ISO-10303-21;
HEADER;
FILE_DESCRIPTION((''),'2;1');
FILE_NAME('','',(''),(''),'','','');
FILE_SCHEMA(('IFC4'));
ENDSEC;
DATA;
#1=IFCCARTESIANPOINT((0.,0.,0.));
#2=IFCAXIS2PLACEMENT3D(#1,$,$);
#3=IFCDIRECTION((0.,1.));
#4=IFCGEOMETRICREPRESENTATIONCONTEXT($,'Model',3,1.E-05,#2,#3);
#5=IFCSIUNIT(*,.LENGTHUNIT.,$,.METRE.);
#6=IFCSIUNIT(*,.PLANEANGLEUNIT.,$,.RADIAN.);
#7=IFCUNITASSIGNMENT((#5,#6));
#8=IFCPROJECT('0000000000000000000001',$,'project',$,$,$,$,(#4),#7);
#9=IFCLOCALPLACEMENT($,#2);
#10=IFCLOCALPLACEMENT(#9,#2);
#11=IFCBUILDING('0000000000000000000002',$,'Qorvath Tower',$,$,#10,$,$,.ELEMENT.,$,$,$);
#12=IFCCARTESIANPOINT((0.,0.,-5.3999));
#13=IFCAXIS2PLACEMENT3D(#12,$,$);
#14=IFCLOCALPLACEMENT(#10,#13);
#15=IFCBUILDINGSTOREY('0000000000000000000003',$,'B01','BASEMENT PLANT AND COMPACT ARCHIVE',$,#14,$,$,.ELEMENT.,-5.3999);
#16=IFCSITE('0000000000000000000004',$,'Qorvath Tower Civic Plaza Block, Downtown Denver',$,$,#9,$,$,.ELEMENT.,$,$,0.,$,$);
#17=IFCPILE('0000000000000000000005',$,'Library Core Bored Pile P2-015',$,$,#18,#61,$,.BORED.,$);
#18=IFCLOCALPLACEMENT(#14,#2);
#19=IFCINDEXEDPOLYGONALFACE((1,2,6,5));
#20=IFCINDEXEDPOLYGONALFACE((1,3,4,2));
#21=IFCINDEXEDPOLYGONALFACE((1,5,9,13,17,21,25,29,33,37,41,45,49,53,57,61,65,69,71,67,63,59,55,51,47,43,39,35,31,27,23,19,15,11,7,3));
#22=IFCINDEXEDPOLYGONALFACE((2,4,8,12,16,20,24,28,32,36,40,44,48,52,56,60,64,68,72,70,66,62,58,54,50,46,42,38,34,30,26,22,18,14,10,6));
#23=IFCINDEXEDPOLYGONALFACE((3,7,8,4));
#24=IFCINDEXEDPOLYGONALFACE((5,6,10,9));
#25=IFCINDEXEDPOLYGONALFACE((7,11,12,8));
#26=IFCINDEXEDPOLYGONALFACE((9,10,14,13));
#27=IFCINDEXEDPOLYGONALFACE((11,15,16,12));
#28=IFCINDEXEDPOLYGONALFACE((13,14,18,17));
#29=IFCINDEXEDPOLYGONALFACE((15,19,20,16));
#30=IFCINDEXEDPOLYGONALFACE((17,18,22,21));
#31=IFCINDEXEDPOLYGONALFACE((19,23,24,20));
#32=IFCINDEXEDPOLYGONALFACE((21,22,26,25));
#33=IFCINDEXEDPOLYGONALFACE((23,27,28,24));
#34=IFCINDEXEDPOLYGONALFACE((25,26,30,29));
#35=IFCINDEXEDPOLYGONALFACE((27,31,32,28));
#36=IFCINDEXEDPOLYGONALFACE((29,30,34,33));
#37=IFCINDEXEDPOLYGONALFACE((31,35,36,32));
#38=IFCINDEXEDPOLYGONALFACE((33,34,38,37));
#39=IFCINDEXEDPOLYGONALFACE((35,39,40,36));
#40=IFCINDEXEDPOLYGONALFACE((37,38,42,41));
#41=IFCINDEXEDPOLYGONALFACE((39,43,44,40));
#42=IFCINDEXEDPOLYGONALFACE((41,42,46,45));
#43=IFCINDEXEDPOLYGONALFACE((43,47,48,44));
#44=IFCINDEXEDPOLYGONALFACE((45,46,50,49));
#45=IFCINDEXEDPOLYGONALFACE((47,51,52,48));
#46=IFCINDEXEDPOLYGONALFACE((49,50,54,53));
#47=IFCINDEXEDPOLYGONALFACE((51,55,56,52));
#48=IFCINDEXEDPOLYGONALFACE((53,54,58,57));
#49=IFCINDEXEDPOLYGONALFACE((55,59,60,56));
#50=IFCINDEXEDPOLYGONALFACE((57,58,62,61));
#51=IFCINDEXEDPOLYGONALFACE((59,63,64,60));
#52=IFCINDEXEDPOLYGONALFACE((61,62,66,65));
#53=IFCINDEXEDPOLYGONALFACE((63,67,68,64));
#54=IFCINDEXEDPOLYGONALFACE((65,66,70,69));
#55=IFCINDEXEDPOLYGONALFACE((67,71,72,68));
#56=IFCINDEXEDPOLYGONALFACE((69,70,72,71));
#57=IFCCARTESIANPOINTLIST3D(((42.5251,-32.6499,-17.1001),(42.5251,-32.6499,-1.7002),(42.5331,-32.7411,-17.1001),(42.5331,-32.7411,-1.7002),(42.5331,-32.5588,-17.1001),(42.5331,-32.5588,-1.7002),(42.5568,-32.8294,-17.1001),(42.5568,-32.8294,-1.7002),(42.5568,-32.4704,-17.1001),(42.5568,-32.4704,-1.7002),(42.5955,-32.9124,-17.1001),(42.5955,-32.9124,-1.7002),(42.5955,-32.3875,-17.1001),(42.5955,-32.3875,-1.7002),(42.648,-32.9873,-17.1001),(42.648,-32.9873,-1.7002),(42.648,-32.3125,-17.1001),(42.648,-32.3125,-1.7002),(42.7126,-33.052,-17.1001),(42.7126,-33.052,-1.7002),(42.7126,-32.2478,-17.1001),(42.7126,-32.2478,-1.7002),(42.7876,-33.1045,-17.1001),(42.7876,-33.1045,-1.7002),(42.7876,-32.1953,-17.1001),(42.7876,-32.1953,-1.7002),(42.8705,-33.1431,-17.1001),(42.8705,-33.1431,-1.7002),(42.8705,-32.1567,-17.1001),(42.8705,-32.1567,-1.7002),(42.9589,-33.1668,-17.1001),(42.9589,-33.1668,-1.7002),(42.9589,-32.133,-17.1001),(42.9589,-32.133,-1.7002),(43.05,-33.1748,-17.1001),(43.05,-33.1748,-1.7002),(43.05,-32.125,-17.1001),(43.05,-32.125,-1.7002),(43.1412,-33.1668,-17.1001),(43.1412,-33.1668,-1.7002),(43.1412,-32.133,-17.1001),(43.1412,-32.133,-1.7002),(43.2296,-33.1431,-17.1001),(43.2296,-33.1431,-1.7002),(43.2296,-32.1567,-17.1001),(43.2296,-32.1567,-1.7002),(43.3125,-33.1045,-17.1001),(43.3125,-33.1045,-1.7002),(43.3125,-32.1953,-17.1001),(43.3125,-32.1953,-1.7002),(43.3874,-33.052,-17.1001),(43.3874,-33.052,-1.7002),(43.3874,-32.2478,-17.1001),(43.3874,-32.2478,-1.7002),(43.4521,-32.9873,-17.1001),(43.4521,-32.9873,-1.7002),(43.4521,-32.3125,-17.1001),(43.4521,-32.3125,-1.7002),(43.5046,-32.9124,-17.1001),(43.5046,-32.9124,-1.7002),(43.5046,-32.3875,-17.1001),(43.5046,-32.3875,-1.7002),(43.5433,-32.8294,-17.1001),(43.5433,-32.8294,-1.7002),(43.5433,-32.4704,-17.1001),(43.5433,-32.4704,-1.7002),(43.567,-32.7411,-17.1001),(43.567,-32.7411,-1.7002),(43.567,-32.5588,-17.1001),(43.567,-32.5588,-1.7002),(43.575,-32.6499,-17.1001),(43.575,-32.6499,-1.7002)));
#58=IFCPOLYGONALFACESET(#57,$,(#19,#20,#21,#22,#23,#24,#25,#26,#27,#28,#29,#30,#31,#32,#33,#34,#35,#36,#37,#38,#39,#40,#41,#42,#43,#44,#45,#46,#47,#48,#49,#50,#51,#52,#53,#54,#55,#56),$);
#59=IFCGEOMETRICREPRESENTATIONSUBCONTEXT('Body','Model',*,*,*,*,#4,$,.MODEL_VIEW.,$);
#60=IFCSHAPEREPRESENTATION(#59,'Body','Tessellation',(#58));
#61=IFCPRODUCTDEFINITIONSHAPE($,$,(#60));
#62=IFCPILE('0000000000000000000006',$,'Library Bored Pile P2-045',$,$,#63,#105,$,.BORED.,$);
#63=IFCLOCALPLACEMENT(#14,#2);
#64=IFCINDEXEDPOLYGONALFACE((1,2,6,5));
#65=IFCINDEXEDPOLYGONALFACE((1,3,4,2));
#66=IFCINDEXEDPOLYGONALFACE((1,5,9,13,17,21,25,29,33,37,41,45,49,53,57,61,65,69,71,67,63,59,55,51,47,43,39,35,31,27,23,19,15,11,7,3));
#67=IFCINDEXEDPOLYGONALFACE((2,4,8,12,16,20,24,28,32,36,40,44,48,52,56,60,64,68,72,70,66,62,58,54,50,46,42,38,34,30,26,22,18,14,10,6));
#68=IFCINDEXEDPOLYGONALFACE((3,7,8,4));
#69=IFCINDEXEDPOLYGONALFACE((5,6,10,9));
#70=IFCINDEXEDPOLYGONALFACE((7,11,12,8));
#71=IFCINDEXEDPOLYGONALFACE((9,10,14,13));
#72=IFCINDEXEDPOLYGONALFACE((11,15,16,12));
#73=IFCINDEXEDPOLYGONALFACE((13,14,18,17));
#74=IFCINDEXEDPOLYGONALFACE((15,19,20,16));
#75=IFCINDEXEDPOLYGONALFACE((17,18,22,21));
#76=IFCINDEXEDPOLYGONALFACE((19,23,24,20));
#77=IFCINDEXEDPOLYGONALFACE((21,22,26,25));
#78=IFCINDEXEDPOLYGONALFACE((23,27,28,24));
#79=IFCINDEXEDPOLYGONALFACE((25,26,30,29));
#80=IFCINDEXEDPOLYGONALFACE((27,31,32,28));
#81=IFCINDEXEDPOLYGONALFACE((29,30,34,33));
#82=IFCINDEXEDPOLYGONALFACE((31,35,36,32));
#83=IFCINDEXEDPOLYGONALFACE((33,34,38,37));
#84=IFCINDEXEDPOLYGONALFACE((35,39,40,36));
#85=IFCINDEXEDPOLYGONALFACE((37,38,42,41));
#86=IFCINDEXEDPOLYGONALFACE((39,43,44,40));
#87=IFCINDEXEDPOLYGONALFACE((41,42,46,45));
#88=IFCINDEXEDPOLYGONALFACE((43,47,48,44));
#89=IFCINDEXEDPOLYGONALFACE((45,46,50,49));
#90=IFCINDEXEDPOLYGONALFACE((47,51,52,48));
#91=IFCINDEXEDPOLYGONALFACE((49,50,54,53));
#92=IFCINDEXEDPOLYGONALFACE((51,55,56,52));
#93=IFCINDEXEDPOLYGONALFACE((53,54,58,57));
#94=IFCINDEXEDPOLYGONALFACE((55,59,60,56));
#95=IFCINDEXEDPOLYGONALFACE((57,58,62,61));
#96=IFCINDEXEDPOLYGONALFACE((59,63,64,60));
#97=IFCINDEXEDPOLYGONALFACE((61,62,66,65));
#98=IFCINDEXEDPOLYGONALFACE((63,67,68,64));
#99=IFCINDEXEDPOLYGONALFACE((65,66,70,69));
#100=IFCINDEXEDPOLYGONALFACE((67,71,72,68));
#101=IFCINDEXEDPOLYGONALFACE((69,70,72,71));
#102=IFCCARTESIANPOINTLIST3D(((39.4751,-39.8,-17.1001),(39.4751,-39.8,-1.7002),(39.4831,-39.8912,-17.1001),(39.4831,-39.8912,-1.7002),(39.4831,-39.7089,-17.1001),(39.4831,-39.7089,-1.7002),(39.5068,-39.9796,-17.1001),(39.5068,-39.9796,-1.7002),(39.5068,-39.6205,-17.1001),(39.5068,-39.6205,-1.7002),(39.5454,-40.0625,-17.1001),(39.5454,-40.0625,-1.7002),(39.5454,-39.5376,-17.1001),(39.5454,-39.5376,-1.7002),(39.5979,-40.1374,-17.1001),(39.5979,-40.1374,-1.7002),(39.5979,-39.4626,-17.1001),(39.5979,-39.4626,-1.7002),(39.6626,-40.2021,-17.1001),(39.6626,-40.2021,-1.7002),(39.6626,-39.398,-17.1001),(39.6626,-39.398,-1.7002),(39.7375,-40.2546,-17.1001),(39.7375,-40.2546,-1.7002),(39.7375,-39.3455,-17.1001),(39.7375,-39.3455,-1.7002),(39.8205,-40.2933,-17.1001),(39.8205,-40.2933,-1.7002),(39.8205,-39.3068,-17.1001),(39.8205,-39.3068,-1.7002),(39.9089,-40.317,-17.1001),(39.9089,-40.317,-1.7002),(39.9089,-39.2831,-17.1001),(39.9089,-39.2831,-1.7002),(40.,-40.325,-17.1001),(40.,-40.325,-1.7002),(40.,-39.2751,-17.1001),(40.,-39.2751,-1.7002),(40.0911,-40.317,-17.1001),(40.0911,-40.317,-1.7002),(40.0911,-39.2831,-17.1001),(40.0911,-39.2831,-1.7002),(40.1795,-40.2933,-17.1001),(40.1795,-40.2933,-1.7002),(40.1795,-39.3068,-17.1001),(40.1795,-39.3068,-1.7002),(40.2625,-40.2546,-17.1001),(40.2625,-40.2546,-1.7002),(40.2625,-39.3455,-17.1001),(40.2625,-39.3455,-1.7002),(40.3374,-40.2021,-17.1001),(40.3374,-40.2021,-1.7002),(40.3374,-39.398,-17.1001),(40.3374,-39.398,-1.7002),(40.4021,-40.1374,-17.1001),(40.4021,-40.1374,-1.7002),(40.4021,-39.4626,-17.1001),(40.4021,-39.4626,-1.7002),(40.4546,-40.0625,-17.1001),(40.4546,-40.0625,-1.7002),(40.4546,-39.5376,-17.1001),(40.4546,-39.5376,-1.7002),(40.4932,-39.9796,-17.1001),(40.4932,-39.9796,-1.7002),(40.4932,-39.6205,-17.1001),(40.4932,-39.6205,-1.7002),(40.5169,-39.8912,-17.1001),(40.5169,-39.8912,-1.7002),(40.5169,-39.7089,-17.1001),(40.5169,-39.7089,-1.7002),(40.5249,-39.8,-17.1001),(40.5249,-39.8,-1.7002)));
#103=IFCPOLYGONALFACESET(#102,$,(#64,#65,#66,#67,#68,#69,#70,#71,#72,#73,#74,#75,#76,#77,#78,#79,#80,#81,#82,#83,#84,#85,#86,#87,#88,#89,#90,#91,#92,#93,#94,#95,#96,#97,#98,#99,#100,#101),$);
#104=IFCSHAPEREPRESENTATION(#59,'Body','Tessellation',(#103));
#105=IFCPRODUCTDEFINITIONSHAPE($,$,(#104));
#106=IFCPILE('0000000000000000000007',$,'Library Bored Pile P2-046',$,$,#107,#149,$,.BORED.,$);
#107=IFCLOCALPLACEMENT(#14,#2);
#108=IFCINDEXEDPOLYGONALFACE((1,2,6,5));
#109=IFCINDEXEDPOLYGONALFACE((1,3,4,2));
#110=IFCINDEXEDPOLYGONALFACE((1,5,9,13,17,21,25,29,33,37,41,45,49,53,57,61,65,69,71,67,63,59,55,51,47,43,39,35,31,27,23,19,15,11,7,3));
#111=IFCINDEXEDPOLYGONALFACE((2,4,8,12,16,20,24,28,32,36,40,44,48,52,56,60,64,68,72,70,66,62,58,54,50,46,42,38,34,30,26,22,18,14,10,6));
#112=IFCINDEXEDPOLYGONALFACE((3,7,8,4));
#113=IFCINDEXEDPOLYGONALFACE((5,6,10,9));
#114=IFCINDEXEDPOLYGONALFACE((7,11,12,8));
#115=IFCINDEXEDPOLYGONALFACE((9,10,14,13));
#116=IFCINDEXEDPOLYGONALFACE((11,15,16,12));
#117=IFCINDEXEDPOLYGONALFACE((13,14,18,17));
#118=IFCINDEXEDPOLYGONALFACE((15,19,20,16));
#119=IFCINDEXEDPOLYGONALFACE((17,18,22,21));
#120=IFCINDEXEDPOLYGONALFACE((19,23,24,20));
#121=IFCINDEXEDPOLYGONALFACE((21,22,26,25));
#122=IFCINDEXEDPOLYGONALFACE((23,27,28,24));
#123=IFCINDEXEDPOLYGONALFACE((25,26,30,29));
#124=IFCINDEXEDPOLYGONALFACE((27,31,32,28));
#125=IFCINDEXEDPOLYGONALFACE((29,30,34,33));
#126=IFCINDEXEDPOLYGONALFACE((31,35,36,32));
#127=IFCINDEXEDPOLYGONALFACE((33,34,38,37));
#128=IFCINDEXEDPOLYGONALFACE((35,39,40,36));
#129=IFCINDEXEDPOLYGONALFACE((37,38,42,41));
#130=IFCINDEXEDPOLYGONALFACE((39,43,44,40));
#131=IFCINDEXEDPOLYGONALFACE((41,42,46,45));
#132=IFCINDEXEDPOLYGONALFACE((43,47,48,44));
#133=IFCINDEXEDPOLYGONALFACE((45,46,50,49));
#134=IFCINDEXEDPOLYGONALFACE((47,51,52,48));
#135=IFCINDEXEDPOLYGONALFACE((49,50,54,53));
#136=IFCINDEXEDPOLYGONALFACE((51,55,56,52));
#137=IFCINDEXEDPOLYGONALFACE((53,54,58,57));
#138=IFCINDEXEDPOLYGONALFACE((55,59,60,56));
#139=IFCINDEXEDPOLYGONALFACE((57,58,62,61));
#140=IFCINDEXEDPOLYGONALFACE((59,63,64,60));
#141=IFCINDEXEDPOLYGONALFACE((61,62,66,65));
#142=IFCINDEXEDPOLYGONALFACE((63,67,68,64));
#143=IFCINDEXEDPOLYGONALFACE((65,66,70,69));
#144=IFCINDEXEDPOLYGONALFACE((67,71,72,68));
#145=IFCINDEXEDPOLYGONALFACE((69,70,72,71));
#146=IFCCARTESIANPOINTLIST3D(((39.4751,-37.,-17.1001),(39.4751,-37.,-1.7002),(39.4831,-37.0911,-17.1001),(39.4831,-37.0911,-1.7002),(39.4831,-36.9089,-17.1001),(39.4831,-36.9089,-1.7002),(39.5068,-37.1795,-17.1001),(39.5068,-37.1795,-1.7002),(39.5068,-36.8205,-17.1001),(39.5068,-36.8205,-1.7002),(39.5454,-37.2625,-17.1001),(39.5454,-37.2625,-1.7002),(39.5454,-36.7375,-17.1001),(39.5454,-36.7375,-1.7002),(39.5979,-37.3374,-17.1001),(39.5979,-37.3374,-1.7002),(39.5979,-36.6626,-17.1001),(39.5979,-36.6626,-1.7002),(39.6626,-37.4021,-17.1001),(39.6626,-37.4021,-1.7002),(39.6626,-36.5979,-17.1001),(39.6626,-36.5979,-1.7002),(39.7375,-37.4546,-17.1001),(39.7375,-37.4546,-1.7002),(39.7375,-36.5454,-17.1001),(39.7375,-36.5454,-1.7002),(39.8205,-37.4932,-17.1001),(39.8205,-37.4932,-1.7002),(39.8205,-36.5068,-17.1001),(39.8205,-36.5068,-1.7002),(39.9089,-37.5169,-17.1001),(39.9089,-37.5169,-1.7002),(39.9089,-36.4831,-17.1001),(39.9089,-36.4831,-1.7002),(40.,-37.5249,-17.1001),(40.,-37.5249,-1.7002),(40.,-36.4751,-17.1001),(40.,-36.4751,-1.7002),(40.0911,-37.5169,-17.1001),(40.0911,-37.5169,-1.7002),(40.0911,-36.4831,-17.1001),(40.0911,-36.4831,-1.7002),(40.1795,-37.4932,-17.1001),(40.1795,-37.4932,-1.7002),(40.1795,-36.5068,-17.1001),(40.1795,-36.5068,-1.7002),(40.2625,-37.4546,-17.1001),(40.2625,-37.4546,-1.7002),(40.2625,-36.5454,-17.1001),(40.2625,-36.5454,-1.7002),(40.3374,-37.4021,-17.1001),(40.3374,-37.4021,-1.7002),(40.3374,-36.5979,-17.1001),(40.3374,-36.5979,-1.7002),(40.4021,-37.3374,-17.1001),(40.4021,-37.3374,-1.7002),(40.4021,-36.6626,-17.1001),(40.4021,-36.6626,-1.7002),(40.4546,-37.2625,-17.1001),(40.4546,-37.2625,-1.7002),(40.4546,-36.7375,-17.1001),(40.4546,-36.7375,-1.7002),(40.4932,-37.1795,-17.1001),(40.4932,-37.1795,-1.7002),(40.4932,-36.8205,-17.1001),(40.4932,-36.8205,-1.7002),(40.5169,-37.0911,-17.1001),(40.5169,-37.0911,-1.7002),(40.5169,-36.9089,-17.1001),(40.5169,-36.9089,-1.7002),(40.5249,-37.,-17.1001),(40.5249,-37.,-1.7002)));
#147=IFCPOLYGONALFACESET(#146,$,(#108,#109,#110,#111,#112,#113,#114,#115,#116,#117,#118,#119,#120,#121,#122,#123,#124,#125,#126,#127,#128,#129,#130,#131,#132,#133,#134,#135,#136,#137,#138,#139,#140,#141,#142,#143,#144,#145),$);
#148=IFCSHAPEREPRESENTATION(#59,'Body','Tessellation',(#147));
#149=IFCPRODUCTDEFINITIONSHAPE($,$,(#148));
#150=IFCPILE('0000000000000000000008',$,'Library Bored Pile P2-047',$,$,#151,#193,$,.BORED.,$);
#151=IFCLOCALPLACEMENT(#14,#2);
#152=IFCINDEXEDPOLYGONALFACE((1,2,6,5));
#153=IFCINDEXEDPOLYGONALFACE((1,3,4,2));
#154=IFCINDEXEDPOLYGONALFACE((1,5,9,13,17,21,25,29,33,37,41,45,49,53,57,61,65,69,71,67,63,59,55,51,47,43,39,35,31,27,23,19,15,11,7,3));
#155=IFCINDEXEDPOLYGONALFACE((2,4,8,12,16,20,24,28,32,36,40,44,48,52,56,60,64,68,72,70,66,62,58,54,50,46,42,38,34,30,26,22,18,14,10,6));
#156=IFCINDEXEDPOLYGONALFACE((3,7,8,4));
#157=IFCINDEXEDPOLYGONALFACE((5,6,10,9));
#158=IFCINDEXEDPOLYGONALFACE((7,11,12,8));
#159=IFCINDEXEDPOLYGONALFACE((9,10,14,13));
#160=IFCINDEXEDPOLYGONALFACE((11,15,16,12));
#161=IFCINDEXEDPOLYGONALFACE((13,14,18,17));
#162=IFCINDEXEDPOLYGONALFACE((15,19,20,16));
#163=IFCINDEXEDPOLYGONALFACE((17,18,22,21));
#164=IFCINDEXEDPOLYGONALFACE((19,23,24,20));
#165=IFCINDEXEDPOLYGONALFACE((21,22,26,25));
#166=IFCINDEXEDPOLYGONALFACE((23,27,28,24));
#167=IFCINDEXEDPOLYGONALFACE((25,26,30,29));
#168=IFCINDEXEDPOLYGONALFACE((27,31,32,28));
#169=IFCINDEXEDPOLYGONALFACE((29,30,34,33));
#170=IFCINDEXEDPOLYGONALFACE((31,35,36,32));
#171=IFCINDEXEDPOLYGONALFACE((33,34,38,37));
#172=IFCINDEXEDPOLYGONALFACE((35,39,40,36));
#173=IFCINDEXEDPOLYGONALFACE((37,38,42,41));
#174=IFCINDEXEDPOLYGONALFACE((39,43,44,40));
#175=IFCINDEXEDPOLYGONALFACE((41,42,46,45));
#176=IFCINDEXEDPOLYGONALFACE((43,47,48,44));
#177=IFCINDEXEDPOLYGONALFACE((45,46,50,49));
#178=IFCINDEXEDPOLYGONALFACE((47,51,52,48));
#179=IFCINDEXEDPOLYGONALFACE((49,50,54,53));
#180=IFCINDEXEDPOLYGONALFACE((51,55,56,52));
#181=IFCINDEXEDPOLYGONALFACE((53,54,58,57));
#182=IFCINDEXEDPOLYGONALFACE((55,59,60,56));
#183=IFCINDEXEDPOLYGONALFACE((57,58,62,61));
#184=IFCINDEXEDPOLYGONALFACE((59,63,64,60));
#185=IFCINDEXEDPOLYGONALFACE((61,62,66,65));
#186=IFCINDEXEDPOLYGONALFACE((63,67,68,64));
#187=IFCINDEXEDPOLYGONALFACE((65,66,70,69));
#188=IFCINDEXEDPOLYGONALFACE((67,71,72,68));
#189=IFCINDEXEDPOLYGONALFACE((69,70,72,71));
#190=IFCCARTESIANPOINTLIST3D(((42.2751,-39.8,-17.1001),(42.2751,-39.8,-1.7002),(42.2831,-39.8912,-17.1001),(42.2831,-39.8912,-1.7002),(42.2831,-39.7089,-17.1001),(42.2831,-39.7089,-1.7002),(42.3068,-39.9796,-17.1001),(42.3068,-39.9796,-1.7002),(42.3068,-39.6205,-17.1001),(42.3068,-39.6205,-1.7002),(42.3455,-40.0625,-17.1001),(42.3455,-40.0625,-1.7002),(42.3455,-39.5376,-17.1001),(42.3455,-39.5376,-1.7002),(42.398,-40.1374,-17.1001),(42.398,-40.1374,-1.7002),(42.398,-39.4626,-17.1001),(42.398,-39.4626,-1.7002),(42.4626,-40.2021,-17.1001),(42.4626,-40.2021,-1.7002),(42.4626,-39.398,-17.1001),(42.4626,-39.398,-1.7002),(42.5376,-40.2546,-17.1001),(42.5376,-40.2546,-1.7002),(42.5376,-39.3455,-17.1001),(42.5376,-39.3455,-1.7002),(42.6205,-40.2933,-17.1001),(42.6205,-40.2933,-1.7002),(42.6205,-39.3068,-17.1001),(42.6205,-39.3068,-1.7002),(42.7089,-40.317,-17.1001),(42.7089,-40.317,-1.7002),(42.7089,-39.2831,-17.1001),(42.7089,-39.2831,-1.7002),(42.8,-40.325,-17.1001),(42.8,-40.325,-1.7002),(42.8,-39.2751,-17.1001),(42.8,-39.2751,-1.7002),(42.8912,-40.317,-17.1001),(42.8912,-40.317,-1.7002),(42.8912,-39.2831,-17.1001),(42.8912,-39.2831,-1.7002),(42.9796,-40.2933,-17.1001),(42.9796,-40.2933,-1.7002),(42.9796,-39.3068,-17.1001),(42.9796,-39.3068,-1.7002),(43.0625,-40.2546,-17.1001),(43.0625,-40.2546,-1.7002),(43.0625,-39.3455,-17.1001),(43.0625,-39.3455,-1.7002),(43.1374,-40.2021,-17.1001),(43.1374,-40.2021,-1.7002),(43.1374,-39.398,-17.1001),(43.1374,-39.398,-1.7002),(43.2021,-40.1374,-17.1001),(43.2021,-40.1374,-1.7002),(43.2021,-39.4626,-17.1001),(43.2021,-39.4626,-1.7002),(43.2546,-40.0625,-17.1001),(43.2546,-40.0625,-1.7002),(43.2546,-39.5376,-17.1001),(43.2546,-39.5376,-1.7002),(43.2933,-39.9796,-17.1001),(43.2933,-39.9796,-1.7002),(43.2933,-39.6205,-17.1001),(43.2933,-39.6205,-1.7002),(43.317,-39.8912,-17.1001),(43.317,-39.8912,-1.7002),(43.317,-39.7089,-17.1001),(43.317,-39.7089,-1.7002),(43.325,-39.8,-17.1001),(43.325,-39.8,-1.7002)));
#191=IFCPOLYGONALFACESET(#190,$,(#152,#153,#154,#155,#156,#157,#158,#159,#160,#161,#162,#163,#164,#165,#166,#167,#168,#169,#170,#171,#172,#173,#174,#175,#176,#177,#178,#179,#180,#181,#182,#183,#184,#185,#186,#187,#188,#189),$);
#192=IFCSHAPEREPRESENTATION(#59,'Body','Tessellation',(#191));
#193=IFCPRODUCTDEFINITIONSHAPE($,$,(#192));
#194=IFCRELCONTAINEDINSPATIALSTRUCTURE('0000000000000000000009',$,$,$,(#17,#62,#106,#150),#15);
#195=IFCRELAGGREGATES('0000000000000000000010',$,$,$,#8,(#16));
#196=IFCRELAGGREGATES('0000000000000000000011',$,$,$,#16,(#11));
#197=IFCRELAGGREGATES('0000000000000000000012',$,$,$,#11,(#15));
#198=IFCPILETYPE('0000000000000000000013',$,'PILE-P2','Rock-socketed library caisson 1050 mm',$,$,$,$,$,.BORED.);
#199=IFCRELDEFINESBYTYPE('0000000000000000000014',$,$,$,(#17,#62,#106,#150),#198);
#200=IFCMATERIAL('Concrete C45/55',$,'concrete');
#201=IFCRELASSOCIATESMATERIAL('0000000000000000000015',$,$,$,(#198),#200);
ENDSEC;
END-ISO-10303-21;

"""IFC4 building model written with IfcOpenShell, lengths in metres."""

from ifc_helpers import new_model, si_unit, direction, frame, origin, origin_2d, place, context, subcontext, project, spatial, circle, extrude, material, material_profile, profile_set, type_object, element, save


model = new_model("IFC4")

# Units and contexts
model_context = context("Model", 3, precision=1e-05, world=origin(), true_north=direction((0.0, 1.0)))
body_context = subcontext(model_context, "Body", "Model", "MODEL_VIEW")
ifc_project = project(units=[si_unit("LENGTHUNIT", "METRE"), si_unit("PLANEANGLEUNIT", "RADIAN")], contexts=[model_context])

# Site, building, storey
site_placement = place(None, origin())
site = spatial("IfcSite", under=ifc_project, at=site_placement, Name="Qorvath Tower Civic Plaza Block, Downtown Denver", CompositionType="ELEMENT", RefElevation=0.0)
building_placement = place(site_placement, origin())
building = spatial("IfcBuilding", under=site, at=building_placement, Name="Qorvath Tower", CompositionType="ELEMENT")
storey_placement = place(building_placement, frame((0.0, 0.0, -5.3999)))
storey = spatial("IfcBuildingStorey", under=building, at=storey_placement, Name="B01", Description="BASEMENT PLANT AND COMPACT ARCHIVE", CompositionType="ELEMENT", Elevation=-5.3999)

# Piles
ifc_material_1 = material(Name="Concrete C45/55", Category="concrete")
ifc_material_profile_1 = material_profile(ifc_material_1, circle(Radius=0.5249, at=origin_2d()), Name="BORED PILE 1050")
ifc_profile_set_1 = profile_set([ifc_material_profile_1], Name="Concrete C45/55")
pile_type = type_object("IfcPileType", Name="PILE-P2", Description="Rock-socketed library caisson 1050 mm", PredefinedType="BORED", material=ifc_profile_set_1)
for number, where, z_axis, x_axis, name in (
    (1, (43.05, -32.6499, -1.7002), (0.0, 0.0, -1.0), (1.0, 0.0, 0.0), "Library Core Bored Pile P2-015"),
    (2, (40.0, -39.8, -1.7002), (0.0, 0.0, -1.0), (1.0, 0.0, 0.0), "Library Bored Pile P2-045"),
    (3, (40.0, -37.0, -1.7002), (0.0, 0.0, -1.0), (1.0, 0.0, 0.0), "Library Bored Pile P2-046"),
    (4, (42.8, -39.8, -1.7002), (0.0, 0.0, -1.0), (1.0, 0.0, 0.0), "Library Bored Pile P2-047"),
):
    element("IfcPile", number, at=place(storey_placement, frame(where, z_axis=z_axis, x_axis=x_axis)), inside=storey, type_object=pile_type, Name=name, PredefinedType="BORED", context=body_context, shape_type="SweptSolid", body=[
        extrude(circle(Radius=0.5249, at=origin_2d()), origin(), (0.0, 0.0, 1.0), 15.3999),
    ])

save(model, "model.ifc")
